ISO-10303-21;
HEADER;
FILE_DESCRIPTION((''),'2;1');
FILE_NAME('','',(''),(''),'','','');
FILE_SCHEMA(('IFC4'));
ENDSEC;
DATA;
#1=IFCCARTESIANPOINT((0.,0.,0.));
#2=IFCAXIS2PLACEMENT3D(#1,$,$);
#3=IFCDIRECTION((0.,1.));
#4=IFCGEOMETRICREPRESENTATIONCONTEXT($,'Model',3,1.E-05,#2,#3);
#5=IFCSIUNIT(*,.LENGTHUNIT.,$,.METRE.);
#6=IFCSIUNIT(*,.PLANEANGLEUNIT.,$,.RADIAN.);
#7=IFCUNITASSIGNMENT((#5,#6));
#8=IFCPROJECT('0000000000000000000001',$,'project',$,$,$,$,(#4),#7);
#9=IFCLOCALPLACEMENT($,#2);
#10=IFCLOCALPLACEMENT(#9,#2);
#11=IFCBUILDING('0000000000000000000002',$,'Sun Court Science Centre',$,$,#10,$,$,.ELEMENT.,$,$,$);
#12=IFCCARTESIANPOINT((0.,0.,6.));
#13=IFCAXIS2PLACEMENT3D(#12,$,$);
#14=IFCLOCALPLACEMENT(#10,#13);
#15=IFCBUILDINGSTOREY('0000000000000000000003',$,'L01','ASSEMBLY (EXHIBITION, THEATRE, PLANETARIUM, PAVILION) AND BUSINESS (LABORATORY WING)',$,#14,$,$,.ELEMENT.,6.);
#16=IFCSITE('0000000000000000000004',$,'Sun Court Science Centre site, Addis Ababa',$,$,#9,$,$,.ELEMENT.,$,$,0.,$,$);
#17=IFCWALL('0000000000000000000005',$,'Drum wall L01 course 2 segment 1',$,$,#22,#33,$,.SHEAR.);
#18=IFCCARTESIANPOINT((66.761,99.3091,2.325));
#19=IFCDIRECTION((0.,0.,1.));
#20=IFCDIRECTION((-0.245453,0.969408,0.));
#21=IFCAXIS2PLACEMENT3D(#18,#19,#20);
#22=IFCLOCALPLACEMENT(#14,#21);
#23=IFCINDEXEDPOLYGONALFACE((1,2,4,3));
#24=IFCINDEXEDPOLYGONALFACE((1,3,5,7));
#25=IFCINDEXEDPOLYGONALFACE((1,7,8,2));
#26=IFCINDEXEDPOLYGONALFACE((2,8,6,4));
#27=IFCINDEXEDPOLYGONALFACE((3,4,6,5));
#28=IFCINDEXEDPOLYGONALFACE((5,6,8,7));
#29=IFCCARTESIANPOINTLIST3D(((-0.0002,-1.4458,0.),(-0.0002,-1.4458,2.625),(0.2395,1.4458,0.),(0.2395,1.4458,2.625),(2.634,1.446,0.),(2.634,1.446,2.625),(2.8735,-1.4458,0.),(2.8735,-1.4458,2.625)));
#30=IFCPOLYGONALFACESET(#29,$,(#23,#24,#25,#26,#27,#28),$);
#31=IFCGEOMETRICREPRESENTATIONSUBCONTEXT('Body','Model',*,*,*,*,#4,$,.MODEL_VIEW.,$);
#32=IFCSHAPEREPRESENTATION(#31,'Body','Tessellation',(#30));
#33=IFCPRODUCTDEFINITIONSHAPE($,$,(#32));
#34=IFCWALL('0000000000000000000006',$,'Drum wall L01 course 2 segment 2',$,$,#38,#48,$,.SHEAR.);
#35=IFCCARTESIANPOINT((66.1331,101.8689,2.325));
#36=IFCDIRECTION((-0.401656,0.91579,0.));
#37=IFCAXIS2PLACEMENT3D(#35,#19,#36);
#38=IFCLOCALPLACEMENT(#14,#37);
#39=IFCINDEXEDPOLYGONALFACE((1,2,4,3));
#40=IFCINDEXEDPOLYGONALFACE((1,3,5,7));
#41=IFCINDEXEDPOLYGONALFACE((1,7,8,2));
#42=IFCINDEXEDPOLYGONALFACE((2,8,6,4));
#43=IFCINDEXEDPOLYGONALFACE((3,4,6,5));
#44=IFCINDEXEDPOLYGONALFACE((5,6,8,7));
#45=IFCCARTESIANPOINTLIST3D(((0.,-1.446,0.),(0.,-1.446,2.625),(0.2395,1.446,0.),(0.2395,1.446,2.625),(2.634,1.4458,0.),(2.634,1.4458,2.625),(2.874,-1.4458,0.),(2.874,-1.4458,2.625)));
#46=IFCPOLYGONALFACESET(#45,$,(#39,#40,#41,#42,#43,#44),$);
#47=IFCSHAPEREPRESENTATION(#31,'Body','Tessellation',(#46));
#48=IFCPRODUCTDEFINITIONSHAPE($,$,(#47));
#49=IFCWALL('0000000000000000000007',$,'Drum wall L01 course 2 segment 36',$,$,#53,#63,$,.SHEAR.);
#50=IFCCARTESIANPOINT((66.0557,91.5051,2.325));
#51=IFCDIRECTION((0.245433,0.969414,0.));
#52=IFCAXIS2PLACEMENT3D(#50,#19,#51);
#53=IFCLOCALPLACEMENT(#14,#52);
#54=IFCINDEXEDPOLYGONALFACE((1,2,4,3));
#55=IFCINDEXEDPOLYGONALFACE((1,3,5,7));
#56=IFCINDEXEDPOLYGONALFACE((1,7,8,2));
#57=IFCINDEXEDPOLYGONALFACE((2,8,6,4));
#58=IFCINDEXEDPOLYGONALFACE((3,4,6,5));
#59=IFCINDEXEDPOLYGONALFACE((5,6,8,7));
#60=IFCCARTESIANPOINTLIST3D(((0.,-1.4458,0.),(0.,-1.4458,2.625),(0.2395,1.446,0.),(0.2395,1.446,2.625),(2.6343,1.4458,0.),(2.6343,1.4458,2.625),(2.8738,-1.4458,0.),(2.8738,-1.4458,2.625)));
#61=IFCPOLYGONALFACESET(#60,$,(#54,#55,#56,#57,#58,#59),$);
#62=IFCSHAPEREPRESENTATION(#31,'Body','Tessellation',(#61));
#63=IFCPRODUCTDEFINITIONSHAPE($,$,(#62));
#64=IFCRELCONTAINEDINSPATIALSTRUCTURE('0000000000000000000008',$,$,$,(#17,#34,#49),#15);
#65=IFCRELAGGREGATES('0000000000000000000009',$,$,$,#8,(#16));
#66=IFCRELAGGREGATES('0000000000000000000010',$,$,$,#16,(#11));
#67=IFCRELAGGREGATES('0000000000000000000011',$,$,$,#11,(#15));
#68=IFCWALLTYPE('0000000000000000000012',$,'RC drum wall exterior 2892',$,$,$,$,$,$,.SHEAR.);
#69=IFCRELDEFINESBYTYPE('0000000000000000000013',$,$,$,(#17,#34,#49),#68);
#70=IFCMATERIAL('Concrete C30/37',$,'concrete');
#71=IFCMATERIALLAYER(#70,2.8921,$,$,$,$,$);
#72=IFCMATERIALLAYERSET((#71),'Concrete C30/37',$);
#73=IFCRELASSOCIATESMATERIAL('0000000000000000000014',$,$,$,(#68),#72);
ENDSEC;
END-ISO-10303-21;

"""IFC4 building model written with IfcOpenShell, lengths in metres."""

from ifc_helpers import new_model, si_unit, direction, frame, origin, place, context, subcontext, project, spatial, polyline, outline, extrude, material, layer, layer_set, type_object, element, save


model = new_model("IFC4")

# Units and contexts
model_context = context("Model", 3, precision=1e-05, world=origin(), true_north=direction((0.0, 1.0)))
body_context = subcontext(model_context, "Body", "Model", "MODEL_VIEW")
ifc_project = project(units=[si_unit("LENGTHUNIT", "METRE"), si_unit("PLANEANGLEUNIT", "RADIAN")], contexts=[model_context])

# Site, building, storey
site_placement = place(None, origin())
site = spatial("IfcSite", under=ifc_project, at=site_placement, Name="Sun Court Science Centre site, Addis Ababa", CompositionType="ELEMENT", RefElevation=0.0)
building_placement = place(site_placement, origin())
building = spatial("IfcBuilding", under=site, at=building_placement, Name="Sun Court Science Centre", CompositionType="ELEMENT")
storey_placement = place(building_placement, frame((0.0, 0.0, 6.0)))
storey = spatial("IfcBuildingStorey", under=building, at=storey_placement, Name="L01", Description="ASSEMBLY (EXHIBITION, THEATRE, PLANETARIUM, PAVILION) AND BUSINESS (LABORATORY WING)", CompositionType="ELEMENT", Elevation=6.0)

# Walls
ifc_material_1 = material(Name="Concrete C30/37", Category="concrete")
ifc_layer_1 = layer(ifc_material_1, 2.8921)
ifc_layer_set_1 = layer_set([ifc_layer_1], Name="Concrete C30/37")
wall_type_1 = type_object("IfcWallType", Name="RC drum wall exterior 2892", PredefinedType="SHEAR", material=ifc_layer_set_1)
wall_1_placement = place(storey_placement, frame((66.761, 99.3091, 2.325), z_axis=(0.0, 0.0, 1.0), x_axis=(-0.245453, 0.969408, 0.0)))
element("IfcWall", 1, at=wall_1_placement, inside=storey, type_object=wall_type_1, Name="Drum wall L01 course 2 segment 1", PredefinedType="SHEAR", context=body_context, shape_type="SweptSolid", body=[
    extrude(outline(polyline([(-0.0002, -1.4458), (2.8735, -1.4458), (2.634, 1.446), (0.2395, 1.4458), (-0.0002, -1.4458)])), origin(), (0.0, 0.0, 1.0), 2.625),
])
wall_2_placement = place(storey_placement, frame((66.1331, 101.8689, 2.325), z_axis=(0.0, 0.0, 1.0), x_axis=(-0.401656, 0.91579, 0.0)))
element("IfcWall", 2, at=wall_2_placement, inside=storey, type_object=wall_type_1, Name="Drum wall L01 course 2 segment 2", PredefinedType="SHEAR", context=body_context, shape_type="SweptSolid", body=[
    extrude(outline(polyline([(0.0, -1.446), (2.874, -1.4458), (2.634, 1.4458), (0.2395, 1.446), (0.0, -1.446)])), origin(), (0.0, 0.0, 1.0), 2.625),
])
wall_3_placement = place(storey_placement, frame((66.0557, 91.5051, 2.325), z_axis=(0.0, 0.0, 1.0), x_axis=(0.245433, 0.969414, 0.0)))
element("IfcWall", 3, at=wall_3_placement, inside=storey, type_object=wall_type_1, Name="Drum wall L01 course 2 segment 36", PredefinedType="SHEAR", context=body_context, shape_type="SweptSolid", body=[
    extrude(outline(polyline([(0.0, -1.4458), (2.8738, -1.4458), (2.6343, 1.4458), (0.2395, 1.446), (0.0, -1.4458)])), origin(), (0.0, 0.0, 1.0), 2.625),
])

save(model, "model.ifc")
